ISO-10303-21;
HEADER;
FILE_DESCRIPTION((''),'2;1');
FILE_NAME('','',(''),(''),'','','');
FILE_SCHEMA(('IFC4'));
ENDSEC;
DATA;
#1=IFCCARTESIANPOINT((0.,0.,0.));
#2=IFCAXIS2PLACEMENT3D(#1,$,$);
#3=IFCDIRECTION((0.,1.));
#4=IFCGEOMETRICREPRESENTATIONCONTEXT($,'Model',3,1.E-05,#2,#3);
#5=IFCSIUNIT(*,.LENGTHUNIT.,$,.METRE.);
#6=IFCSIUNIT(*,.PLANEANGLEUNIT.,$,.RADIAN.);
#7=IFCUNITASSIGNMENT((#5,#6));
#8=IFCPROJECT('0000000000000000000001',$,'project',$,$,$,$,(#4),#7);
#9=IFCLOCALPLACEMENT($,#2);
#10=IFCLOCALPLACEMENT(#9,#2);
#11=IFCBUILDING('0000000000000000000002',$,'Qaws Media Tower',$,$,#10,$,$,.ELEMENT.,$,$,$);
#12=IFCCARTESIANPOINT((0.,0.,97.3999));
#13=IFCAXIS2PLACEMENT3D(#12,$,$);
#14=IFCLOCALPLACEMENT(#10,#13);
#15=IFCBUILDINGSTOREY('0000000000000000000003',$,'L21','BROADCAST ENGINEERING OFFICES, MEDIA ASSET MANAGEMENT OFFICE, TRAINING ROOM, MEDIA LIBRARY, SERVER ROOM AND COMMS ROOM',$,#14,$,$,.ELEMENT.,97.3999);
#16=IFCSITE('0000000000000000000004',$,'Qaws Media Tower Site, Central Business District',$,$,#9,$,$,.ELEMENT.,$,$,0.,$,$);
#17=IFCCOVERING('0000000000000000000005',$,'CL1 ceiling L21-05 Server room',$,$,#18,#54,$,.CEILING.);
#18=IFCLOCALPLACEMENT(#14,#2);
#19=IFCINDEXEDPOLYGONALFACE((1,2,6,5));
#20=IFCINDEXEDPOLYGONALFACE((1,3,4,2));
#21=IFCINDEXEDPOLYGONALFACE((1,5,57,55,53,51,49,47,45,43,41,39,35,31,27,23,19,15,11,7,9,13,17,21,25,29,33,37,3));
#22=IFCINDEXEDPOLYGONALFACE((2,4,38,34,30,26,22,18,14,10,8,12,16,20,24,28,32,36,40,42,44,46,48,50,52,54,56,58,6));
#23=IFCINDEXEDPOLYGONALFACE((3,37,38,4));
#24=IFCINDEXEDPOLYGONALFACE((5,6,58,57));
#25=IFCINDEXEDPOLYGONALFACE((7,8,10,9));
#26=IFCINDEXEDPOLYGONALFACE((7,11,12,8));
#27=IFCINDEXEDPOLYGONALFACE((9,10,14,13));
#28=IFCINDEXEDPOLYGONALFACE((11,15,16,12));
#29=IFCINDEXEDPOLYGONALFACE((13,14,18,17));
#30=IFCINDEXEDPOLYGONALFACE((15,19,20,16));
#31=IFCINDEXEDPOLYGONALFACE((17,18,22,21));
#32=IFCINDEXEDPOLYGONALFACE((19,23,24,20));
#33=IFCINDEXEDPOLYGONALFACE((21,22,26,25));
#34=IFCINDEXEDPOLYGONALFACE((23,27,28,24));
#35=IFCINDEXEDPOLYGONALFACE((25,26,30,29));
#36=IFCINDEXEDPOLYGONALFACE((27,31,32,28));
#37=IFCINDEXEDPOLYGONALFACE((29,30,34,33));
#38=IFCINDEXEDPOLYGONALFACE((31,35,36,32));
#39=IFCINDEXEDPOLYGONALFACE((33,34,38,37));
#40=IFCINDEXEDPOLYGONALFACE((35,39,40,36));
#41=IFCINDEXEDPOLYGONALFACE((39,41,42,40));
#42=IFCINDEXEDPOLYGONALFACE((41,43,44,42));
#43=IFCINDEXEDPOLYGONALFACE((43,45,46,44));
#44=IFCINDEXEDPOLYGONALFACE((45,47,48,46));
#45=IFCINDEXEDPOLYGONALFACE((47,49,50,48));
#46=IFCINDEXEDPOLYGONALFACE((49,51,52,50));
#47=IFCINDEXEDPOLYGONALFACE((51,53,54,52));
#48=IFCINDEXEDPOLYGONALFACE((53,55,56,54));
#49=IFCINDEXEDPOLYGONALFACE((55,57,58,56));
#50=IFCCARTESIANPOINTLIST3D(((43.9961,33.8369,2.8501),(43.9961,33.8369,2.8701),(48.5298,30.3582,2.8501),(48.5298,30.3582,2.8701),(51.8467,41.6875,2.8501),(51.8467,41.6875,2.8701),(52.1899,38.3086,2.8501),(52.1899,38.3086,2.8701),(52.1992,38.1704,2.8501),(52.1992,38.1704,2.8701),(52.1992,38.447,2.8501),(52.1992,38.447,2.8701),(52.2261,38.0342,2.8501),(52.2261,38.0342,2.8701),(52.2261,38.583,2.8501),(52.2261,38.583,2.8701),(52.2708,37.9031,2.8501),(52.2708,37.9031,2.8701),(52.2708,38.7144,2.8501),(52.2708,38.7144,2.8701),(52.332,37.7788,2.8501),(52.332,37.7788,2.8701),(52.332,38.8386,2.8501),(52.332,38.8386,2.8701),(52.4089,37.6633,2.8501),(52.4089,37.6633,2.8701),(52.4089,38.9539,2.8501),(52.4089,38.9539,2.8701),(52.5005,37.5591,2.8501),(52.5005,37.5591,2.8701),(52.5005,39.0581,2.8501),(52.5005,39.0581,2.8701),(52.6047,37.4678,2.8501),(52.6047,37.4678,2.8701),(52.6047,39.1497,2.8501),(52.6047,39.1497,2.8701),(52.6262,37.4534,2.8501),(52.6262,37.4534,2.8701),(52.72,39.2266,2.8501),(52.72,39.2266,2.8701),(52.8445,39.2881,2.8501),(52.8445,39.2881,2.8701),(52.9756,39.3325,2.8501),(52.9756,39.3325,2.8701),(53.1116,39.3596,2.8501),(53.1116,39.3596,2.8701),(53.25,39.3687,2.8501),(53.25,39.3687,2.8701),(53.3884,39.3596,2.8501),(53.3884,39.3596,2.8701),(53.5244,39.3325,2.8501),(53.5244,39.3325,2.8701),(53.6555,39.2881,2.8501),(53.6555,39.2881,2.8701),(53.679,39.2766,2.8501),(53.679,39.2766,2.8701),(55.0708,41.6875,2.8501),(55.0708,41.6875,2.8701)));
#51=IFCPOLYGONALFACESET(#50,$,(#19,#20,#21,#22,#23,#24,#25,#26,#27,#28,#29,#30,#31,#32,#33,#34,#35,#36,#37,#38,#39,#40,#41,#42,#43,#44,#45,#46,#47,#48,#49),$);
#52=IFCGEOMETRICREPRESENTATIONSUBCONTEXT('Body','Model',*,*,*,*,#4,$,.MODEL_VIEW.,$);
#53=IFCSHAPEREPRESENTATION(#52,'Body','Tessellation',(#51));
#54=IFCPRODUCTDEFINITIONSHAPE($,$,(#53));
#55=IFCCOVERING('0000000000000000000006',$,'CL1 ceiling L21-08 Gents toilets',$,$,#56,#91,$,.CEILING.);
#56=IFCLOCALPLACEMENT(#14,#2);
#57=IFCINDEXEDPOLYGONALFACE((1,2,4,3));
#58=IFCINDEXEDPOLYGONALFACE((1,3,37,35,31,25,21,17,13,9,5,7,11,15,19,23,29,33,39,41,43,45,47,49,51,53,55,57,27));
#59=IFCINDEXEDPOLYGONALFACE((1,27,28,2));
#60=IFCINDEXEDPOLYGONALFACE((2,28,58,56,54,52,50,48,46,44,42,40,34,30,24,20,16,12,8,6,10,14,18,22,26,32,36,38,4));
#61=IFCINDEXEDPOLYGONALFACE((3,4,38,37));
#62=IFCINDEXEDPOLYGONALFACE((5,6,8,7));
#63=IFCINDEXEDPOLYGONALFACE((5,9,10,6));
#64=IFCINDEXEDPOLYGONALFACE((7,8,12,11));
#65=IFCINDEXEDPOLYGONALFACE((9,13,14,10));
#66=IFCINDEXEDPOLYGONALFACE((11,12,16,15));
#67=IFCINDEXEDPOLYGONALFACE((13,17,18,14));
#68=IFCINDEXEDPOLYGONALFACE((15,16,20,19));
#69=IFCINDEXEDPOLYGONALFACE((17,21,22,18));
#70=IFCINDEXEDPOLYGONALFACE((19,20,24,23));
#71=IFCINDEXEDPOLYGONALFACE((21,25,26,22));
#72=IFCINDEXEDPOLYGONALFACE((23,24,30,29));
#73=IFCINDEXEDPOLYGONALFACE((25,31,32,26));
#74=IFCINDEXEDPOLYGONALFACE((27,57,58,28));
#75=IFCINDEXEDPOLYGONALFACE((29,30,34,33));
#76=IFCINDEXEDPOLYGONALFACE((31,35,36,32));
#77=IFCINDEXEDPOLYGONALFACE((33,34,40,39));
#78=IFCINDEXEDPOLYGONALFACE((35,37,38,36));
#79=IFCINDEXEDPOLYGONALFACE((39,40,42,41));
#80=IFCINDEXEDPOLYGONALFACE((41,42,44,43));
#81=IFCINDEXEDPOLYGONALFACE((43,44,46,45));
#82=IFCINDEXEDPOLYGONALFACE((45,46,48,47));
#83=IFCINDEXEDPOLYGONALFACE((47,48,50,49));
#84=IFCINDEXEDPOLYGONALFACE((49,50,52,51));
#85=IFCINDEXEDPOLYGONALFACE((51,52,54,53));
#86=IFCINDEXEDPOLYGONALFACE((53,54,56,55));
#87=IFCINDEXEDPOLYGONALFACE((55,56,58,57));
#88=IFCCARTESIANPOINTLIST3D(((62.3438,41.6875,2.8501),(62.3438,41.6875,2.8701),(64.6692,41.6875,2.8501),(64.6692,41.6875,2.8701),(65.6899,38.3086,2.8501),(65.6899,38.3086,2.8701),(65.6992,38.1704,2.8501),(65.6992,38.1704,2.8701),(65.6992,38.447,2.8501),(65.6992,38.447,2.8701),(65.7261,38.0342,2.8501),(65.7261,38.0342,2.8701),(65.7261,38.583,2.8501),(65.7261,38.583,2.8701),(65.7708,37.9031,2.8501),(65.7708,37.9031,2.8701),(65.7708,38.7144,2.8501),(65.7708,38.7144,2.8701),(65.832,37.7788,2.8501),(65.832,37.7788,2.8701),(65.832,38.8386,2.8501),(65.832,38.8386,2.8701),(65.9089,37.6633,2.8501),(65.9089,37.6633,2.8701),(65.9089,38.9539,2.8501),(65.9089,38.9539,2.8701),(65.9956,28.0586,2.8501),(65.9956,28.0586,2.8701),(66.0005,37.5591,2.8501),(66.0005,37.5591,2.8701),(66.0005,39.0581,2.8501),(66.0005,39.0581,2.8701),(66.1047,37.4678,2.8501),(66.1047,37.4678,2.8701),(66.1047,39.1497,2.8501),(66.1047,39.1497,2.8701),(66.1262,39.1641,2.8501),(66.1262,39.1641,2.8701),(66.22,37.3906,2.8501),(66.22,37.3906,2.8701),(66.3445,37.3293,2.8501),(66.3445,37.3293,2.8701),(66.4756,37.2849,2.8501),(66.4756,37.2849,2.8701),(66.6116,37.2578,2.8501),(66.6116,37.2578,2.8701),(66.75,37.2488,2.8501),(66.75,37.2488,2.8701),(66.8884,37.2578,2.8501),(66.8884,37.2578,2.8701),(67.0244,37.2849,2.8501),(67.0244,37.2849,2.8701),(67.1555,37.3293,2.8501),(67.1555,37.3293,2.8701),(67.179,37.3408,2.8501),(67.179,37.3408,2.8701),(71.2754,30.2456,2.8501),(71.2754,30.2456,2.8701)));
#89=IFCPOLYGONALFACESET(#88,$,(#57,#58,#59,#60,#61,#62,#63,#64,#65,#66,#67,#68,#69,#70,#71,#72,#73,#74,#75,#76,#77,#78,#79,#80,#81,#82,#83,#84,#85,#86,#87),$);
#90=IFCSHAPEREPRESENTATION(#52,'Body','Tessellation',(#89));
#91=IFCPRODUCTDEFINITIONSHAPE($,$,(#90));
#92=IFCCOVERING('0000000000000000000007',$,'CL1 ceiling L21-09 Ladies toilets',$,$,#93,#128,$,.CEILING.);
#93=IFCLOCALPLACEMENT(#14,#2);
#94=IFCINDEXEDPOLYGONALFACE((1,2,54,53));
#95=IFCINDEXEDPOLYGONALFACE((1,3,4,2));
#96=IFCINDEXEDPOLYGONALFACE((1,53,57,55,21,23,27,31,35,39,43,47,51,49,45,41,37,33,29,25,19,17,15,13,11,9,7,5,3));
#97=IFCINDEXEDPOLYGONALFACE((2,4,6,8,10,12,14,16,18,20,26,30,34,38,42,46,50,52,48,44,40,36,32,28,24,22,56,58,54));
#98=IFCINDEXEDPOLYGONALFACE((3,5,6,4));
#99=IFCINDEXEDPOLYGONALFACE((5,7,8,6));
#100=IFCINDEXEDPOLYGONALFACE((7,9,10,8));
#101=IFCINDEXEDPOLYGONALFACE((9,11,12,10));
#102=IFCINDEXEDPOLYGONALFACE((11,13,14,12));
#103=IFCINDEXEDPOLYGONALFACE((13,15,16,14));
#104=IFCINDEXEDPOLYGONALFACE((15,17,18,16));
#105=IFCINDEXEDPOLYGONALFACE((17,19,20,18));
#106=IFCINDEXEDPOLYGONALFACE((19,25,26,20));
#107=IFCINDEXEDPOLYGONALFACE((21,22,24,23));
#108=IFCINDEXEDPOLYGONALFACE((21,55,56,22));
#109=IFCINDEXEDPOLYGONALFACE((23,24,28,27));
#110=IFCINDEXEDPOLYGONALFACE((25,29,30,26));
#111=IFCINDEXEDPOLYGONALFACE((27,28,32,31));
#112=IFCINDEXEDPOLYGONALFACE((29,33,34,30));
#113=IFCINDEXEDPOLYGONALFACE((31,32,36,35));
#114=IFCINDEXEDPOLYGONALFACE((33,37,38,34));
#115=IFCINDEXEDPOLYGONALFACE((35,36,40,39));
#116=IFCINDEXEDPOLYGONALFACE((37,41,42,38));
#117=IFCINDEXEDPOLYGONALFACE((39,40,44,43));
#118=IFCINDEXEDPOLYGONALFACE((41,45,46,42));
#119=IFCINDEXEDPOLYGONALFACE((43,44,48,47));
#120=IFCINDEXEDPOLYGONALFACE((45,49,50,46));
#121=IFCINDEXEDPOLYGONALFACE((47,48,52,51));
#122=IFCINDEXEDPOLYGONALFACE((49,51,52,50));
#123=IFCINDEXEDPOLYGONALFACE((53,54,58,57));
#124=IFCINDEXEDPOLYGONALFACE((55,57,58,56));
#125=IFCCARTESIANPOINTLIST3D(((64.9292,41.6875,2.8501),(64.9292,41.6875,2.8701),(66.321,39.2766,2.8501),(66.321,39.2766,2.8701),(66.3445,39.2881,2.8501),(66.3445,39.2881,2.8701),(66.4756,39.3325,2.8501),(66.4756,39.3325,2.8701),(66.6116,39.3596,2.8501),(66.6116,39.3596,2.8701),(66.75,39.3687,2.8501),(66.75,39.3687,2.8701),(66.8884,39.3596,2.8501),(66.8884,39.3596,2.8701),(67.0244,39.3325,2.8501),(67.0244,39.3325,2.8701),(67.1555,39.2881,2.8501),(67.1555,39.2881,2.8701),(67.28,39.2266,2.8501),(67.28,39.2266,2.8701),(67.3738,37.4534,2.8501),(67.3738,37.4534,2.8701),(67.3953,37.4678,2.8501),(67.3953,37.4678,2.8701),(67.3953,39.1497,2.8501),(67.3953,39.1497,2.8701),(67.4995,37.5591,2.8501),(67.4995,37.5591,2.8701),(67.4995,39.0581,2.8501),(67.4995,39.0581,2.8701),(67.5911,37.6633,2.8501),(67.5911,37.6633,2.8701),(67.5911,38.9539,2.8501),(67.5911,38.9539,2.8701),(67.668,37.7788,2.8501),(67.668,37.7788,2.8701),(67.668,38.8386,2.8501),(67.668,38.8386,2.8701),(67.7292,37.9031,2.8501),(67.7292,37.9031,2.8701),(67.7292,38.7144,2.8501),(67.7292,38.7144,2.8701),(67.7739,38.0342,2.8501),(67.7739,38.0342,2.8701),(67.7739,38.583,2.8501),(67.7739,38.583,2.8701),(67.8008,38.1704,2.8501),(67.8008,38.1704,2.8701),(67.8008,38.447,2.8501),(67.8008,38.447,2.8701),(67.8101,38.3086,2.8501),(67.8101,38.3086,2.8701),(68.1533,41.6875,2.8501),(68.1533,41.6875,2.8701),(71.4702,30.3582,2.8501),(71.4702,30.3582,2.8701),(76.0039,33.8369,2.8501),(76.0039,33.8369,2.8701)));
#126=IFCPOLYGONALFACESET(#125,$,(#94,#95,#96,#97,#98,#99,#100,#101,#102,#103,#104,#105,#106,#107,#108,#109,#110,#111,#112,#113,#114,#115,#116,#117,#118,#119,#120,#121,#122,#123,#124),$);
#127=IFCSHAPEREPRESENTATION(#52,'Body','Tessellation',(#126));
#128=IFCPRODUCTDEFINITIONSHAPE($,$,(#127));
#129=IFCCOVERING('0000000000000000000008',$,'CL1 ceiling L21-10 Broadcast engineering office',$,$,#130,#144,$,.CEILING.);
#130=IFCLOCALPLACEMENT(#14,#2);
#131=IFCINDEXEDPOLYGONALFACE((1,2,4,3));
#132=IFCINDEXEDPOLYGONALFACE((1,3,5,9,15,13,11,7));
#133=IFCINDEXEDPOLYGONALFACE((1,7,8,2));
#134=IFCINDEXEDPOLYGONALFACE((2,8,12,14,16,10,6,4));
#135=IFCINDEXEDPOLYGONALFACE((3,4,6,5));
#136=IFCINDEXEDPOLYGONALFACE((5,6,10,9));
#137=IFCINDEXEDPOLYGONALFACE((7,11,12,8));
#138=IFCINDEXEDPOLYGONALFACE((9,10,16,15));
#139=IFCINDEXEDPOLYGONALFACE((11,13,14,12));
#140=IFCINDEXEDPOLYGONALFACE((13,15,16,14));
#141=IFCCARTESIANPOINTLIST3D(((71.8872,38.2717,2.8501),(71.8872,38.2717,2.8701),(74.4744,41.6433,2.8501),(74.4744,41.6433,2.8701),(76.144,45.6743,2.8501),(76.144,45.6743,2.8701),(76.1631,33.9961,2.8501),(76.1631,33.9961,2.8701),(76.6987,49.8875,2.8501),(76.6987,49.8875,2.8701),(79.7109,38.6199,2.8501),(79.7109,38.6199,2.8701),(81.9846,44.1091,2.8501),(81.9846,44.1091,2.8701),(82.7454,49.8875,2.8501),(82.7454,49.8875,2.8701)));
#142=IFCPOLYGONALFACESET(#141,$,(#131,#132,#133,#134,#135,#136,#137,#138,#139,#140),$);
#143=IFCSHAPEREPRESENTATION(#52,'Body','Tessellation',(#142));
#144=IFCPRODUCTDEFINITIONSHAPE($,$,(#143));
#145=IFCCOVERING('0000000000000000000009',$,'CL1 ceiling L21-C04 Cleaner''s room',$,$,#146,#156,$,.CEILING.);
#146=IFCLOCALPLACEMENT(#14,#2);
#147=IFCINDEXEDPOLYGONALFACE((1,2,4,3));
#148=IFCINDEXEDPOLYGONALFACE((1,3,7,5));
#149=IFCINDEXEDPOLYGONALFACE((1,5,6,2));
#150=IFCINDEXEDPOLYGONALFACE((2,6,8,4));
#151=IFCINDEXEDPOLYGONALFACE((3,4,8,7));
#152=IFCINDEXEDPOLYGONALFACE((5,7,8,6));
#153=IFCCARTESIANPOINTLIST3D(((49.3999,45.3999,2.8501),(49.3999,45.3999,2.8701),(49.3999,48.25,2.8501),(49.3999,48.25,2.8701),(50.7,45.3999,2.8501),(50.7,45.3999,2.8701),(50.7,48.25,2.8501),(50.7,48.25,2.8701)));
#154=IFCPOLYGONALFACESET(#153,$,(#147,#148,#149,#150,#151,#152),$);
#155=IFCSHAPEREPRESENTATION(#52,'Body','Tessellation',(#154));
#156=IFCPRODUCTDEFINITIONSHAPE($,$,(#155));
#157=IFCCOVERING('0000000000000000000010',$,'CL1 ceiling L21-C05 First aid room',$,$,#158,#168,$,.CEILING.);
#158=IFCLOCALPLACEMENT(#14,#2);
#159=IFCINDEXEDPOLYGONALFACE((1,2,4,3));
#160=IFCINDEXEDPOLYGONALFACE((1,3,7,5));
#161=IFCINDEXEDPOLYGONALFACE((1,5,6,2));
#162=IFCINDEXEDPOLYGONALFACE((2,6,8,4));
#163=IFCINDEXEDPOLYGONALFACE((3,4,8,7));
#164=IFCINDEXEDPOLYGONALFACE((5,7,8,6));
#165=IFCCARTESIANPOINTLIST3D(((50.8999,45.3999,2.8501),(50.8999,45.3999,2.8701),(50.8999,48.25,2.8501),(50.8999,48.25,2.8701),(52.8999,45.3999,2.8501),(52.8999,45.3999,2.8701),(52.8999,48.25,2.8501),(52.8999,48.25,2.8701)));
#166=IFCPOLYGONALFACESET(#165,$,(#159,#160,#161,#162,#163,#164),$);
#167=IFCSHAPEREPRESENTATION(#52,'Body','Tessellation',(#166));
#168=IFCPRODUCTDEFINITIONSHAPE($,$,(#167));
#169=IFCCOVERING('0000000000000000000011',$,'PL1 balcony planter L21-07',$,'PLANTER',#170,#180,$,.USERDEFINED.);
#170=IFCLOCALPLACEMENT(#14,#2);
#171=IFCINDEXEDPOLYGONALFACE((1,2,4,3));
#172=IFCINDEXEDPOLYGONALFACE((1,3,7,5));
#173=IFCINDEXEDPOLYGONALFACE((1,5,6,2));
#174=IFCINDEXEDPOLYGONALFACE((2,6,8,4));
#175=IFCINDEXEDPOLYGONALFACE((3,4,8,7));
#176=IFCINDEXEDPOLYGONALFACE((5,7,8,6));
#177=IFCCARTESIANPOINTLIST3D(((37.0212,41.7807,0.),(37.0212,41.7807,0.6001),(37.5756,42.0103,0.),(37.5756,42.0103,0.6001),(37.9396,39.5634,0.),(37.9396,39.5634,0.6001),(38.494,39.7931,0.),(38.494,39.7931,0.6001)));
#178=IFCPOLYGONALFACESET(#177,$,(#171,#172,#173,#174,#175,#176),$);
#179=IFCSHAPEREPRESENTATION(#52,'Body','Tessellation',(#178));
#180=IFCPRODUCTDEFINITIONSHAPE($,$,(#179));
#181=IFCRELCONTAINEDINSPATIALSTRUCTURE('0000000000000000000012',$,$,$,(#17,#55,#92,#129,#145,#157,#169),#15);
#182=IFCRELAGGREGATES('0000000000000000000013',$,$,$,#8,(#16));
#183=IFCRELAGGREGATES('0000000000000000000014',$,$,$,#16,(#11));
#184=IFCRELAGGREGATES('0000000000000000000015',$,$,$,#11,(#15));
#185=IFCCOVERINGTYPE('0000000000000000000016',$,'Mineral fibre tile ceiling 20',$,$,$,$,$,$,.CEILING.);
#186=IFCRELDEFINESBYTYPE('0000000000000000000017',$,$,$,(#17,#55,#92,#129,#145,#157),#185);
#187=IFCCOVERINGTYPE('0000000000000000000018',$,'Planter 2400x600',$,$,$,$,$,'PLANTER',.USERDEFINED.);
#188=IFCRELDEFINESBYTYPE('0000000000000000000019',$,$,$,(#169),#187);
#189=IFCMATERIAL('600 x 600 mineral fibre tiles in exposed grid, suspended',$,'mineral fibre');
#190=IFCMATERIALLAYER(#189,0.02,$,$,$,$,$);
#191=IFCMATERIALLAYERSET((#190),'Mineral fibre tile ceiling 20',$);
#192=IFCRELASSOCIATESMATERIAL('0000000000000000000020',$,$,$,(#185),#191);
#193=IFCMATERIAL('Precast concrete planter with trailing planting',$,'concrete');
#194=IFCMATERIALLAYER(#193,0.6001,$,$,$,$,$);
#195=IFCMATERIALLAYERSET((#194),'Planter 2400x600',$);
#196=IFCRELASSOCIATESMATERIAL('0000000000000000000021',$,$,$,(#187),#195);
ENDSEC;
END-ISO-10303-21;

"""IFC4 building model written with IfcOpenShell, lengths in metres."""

from ifc_helpers import new_model, si_unit, direction, frame, origin, origin_2d, place, context, subcontext, project, spatial, polyline, rectangle, outline, extrude, material, layer, layer_set, type_object, element, save


model = new_model("IFC4")

# Units and contexts
model_context = context("Model", 3, precision=1e-05, world=origin(), true_north=direction((0.0, 1.0)))
body_context = subcontext(model_context, "Body", "Model", "MODEL_VIEW")
ifc_project = project(units=[si_unit("LENGTHUNIT", "METRE"), si_unit("PLANEANGLEUNIT", "RADIAN")], contexts=[model_context])

# Site, building, storey
site_placement = place(None, origin())
site = spatial("IfcSite", under=ifc_project, at=site_placement, Name="Qaws Media Tower Site, Central Business District", CompositionType="ELEMENT", RefElevation=0.0)
building_placement = place(site_placement, origin())
building = spatial("IfcBuilding", under=site, at=building_placement, Name="Qaws Media Tower", CompositionType="ELEMENT")
storey_placement = place(building_placement, frame((0.0, 0.0, 97.3999)))
storey = spatial("IfcBuildingStorey", under=building, at=storey_placement, Name="L21", Description="BROADCAST ENGINEERING OFFICES, MEDIA ASSET MANAGEMENT OFFICE, TRAINING ROOM, MEDIA LIBRARY, SERVER ROOM AND COMMS ROOM", CompositionType="ELEMENT", Elevation=97.3999)

# Coverings
ifc_material_1 = material(Name="600 x 600 mineral fibre tiles in exposed grid, suspended", Category="mineral fibre")
ifc_layer_1 = layer(ifc_material_1, 0.02)
ifc_layer_set_1 = layer_set([ifc_layer_1], Name="Mineral fibre tile ceiling 20")
covering_type_1 = type_object("IfcCoveringType", Name="Mineral fibre tile ceiling 20", PredefinedType="CEILING", material=ifc_layer_set_1)
covering_1_placement = place(storey_placement, frame((0.0, 0.0, 2.8501)))
element("IfcCovering", 1, at=covering_1_placement, inside=storey, type_object=covering_type_1, Name="CL1 ceiling L21-05 Server room", PredefinedType="CEILING", context=body_context, shape_type="SweptSolid", body=[
    extrude(outline(polyline([(43.9961, 33.8369), (51.8467, 41.6875), (55.0708, 41.6875), (53.679, 39.2766), (53.6555, 39.2881), (53.5244, 39.3325), (53.3884, 39.3596), (53.25, 39.3687), (53.1116, 39.3596), (52.9756, 39.3325), (52.8445, 39.2881), (52.72, 39.2266), (52.6047, 39.1497), (52.5005, 39.0581), (52.4089, 38.9539), (52.332, 38.8386), (52.2708, 38.7144), (52.2261, 38.583), (52.1992, 38.447), (52.1899, 38.3086), (52.1992, 38.1704), (52.2261, 38.0342), (52.2708, 37.9031), (52.332, 37.7788), (52.4089, 37.6633), (52.5005, 37.5591), (52.6047, 37.4678), (52.6262, 37.4534), (48.5298, 30.3582), (43.9961, 33.8369)])), origin(), (0.0, 0.0, 1.0), 0.02),
])
covering_2_placement = place(storey_placement, frame((0.0, 0.0, 2.8501)))
element("IfcCovering", 2, at=covering_2_placement, inside=storey, type_object=covering_type_1, Name="CL1 ceiling L21-08 Gents toilets", PredefinedType="CEILING", context=body_context, shape_type="SweptSolid", body=[
    extrude(outline(polyline([(62.3438, 41.6875), (64.6692, 41.6875), (66.1262, 39.1641), (66.1047, 39.1497), (66.0005, 39.0581), (65.9089, 38.9539), (65.832, 38.8386), (65.7708, 38.7144), (65.7261, 38.583), (65.6992, 38.447), (65.6899, 38.3086), (65.6992, 38.1704), (65.7261, 38.0342), (65.7708, 37.9031), (65.832, 37.7788), (65.9089, 37.6633), (66.0005, 37.5591), (66.1047, 37.4678), (66.22, 37.3906), (66.3445, 37.3293), (66.4756, 37.2849), (66.6116, 37.2578), (66.75, 37.2488), (66.8884, 37.2578), (67.0244, 37.2849), (67.1555, 37.3293), (67.179, 37.3408), (71.2754, 30.2456), (65.9956, 28.0586), (62.3438, 41.6875)])), origin(), (0.0, 0.0, 1.0), 0.02),
])
covering_3_placement = place(storey_placement, frame((0.0, 0.0, 2.8501)))
element("IfcCovering", 3, at=covering_3_placement, inside=storey, type_object=covering_type_1, Name="CL1 ceiling L21-09 Ladies toilets", PredefinedType="CEILING", context=body_context, shape_type="SweptSolid", body=[
    extrude(outline(polyline([(71.4702, 30.3582), (67.3738, 37.4534), (67.3953, 37.4678), (67.4995, 37.5591), (67.5911, 37.6633), (67.668, 37.7788), (67.7292, 37.9031), (67.7739, 38.0342), (67.8008, 38.1704), (67.8101, 38.3086), (67.8008, 38.447), (67.7739, 38.583), (67.7292, 38.7144), (67.668, 38.8386), (67.5911, 38.9539), (67.4995, 39.0581), (67.3953, 39.1497), (67.28, 39.2266), (67.1555, 39.2881), (67.0244, 39.3325), (66.8884, 39.3596), (66.75, 39.3687), (66.6116, 39.3596), (66.4756, 39.3325), (66.3445, 39.2881), (66.321, 39.2766), (64.9292, 41.6875), (68.1533, 41.6875), (76.0039, 33.8369), (71.4702, 30.3582)])), origin(), (0.0, 0.0, 1.0), 0.02),
])
covering_4_placement = place(storey_placement, frame((0.0, 0.0, 2.8501)))
element("IfcCovering", 4, at=covering_4_placement, inside=storey, type_object=covering_type_1, Name="CL1 ceiling L21-10 Broadcast engineering office", PredefinedType="CEILING", context=body_context, shape_type="SweptSolid", body=[
    extrude(outline(polyline([(81.9846, 44.1091), (79.7109, 38.6199), (76.1631, 33.9961), (71.8872, 38.2717), (74.4744, 41.6433), (76.144, 45.6743), (76.6987, 49.8875), (82.7454, 49.8875), (81.9846, 44.1091)])), origin(), (0.0, 0.0, 1.0), 0.02),
])
covering_5_placement = place(storey_placement, frame((0.0, 0.0, 2.8501)))
element("IfcCovering", 5, at=covering_5_placement, inside=storey, type_object=covering_type_1, Name="CL1 ceiling L21-C04 Cleaner's room", PredefinedType="CEILING", context=body_context, shape_type="SweptSolid", body=[
    extrude(outline(polyline([(49.3999, 45.3999), (49.3999, 48.25), (50.7, 48.25), (50.7, 45.3999), (49.3999, 45.3999)])), origin(), (0.0, 0.0, 1.0), 0.02),
])
covering_6_placement = place(storey_placement, frame((0.0, 0.0, 2.8501)))
element("IfcCovering", 6, at=covering_6_placement, inside=storey, type_object=covering_type_1, Name="CL1 ceiling L21-C05 First aid room", PredefinedType="CEILING", context=body_context, shape_type="SweptSolid", body=[
    extrude(outline(polyline([(50.8999, 45.3999), (50.8999, 48.25), (52.8999, 48.25), (52.8999, 45.3999), (50.8999, 45.3999)])), origin(), (0.0, 0.0, 1.0), 0.02),
])
ifc_material_2 = material(Name="Precast concrete planter with trailing planting", Category="concrete")
ifc_layer_2 = layer(ifc_material_2, 0.6001)
ifc_layer_set_2 = layer_set([ifc_layer_2], Name="Planter 2400x600")
covering_type_2 = type_object("IfcCoveringType", Name="Planter 2400x600", ElementType="PLANTER", PredefinedType="USERDEFINED", material=ifc_layer_set_2)
covering_7_placement = place(storey_placement, frame((37.7576, 40.7869, 0.0), z_axis=(0.0, 0.0, 1.0), x_axis=(0.382683, -0.92388, 0.0)))
element("IfcCovering", 7, at=covering_7_placement, inside=storey, type_object=covering_type_2, Name="PL1 balcony planter L21-07", ObjectType="PLANTER", PredefinedType="USERDEFINED", context=body_context, shape_type="SweptSolid", body=[
    extrude(rectangle(XDim=2.3999, YDim=0.6001, at=origin_2d()), origin(), (0.0, 0.0, 1.0), 0.6001),
])

save(model, "model.ifc")
